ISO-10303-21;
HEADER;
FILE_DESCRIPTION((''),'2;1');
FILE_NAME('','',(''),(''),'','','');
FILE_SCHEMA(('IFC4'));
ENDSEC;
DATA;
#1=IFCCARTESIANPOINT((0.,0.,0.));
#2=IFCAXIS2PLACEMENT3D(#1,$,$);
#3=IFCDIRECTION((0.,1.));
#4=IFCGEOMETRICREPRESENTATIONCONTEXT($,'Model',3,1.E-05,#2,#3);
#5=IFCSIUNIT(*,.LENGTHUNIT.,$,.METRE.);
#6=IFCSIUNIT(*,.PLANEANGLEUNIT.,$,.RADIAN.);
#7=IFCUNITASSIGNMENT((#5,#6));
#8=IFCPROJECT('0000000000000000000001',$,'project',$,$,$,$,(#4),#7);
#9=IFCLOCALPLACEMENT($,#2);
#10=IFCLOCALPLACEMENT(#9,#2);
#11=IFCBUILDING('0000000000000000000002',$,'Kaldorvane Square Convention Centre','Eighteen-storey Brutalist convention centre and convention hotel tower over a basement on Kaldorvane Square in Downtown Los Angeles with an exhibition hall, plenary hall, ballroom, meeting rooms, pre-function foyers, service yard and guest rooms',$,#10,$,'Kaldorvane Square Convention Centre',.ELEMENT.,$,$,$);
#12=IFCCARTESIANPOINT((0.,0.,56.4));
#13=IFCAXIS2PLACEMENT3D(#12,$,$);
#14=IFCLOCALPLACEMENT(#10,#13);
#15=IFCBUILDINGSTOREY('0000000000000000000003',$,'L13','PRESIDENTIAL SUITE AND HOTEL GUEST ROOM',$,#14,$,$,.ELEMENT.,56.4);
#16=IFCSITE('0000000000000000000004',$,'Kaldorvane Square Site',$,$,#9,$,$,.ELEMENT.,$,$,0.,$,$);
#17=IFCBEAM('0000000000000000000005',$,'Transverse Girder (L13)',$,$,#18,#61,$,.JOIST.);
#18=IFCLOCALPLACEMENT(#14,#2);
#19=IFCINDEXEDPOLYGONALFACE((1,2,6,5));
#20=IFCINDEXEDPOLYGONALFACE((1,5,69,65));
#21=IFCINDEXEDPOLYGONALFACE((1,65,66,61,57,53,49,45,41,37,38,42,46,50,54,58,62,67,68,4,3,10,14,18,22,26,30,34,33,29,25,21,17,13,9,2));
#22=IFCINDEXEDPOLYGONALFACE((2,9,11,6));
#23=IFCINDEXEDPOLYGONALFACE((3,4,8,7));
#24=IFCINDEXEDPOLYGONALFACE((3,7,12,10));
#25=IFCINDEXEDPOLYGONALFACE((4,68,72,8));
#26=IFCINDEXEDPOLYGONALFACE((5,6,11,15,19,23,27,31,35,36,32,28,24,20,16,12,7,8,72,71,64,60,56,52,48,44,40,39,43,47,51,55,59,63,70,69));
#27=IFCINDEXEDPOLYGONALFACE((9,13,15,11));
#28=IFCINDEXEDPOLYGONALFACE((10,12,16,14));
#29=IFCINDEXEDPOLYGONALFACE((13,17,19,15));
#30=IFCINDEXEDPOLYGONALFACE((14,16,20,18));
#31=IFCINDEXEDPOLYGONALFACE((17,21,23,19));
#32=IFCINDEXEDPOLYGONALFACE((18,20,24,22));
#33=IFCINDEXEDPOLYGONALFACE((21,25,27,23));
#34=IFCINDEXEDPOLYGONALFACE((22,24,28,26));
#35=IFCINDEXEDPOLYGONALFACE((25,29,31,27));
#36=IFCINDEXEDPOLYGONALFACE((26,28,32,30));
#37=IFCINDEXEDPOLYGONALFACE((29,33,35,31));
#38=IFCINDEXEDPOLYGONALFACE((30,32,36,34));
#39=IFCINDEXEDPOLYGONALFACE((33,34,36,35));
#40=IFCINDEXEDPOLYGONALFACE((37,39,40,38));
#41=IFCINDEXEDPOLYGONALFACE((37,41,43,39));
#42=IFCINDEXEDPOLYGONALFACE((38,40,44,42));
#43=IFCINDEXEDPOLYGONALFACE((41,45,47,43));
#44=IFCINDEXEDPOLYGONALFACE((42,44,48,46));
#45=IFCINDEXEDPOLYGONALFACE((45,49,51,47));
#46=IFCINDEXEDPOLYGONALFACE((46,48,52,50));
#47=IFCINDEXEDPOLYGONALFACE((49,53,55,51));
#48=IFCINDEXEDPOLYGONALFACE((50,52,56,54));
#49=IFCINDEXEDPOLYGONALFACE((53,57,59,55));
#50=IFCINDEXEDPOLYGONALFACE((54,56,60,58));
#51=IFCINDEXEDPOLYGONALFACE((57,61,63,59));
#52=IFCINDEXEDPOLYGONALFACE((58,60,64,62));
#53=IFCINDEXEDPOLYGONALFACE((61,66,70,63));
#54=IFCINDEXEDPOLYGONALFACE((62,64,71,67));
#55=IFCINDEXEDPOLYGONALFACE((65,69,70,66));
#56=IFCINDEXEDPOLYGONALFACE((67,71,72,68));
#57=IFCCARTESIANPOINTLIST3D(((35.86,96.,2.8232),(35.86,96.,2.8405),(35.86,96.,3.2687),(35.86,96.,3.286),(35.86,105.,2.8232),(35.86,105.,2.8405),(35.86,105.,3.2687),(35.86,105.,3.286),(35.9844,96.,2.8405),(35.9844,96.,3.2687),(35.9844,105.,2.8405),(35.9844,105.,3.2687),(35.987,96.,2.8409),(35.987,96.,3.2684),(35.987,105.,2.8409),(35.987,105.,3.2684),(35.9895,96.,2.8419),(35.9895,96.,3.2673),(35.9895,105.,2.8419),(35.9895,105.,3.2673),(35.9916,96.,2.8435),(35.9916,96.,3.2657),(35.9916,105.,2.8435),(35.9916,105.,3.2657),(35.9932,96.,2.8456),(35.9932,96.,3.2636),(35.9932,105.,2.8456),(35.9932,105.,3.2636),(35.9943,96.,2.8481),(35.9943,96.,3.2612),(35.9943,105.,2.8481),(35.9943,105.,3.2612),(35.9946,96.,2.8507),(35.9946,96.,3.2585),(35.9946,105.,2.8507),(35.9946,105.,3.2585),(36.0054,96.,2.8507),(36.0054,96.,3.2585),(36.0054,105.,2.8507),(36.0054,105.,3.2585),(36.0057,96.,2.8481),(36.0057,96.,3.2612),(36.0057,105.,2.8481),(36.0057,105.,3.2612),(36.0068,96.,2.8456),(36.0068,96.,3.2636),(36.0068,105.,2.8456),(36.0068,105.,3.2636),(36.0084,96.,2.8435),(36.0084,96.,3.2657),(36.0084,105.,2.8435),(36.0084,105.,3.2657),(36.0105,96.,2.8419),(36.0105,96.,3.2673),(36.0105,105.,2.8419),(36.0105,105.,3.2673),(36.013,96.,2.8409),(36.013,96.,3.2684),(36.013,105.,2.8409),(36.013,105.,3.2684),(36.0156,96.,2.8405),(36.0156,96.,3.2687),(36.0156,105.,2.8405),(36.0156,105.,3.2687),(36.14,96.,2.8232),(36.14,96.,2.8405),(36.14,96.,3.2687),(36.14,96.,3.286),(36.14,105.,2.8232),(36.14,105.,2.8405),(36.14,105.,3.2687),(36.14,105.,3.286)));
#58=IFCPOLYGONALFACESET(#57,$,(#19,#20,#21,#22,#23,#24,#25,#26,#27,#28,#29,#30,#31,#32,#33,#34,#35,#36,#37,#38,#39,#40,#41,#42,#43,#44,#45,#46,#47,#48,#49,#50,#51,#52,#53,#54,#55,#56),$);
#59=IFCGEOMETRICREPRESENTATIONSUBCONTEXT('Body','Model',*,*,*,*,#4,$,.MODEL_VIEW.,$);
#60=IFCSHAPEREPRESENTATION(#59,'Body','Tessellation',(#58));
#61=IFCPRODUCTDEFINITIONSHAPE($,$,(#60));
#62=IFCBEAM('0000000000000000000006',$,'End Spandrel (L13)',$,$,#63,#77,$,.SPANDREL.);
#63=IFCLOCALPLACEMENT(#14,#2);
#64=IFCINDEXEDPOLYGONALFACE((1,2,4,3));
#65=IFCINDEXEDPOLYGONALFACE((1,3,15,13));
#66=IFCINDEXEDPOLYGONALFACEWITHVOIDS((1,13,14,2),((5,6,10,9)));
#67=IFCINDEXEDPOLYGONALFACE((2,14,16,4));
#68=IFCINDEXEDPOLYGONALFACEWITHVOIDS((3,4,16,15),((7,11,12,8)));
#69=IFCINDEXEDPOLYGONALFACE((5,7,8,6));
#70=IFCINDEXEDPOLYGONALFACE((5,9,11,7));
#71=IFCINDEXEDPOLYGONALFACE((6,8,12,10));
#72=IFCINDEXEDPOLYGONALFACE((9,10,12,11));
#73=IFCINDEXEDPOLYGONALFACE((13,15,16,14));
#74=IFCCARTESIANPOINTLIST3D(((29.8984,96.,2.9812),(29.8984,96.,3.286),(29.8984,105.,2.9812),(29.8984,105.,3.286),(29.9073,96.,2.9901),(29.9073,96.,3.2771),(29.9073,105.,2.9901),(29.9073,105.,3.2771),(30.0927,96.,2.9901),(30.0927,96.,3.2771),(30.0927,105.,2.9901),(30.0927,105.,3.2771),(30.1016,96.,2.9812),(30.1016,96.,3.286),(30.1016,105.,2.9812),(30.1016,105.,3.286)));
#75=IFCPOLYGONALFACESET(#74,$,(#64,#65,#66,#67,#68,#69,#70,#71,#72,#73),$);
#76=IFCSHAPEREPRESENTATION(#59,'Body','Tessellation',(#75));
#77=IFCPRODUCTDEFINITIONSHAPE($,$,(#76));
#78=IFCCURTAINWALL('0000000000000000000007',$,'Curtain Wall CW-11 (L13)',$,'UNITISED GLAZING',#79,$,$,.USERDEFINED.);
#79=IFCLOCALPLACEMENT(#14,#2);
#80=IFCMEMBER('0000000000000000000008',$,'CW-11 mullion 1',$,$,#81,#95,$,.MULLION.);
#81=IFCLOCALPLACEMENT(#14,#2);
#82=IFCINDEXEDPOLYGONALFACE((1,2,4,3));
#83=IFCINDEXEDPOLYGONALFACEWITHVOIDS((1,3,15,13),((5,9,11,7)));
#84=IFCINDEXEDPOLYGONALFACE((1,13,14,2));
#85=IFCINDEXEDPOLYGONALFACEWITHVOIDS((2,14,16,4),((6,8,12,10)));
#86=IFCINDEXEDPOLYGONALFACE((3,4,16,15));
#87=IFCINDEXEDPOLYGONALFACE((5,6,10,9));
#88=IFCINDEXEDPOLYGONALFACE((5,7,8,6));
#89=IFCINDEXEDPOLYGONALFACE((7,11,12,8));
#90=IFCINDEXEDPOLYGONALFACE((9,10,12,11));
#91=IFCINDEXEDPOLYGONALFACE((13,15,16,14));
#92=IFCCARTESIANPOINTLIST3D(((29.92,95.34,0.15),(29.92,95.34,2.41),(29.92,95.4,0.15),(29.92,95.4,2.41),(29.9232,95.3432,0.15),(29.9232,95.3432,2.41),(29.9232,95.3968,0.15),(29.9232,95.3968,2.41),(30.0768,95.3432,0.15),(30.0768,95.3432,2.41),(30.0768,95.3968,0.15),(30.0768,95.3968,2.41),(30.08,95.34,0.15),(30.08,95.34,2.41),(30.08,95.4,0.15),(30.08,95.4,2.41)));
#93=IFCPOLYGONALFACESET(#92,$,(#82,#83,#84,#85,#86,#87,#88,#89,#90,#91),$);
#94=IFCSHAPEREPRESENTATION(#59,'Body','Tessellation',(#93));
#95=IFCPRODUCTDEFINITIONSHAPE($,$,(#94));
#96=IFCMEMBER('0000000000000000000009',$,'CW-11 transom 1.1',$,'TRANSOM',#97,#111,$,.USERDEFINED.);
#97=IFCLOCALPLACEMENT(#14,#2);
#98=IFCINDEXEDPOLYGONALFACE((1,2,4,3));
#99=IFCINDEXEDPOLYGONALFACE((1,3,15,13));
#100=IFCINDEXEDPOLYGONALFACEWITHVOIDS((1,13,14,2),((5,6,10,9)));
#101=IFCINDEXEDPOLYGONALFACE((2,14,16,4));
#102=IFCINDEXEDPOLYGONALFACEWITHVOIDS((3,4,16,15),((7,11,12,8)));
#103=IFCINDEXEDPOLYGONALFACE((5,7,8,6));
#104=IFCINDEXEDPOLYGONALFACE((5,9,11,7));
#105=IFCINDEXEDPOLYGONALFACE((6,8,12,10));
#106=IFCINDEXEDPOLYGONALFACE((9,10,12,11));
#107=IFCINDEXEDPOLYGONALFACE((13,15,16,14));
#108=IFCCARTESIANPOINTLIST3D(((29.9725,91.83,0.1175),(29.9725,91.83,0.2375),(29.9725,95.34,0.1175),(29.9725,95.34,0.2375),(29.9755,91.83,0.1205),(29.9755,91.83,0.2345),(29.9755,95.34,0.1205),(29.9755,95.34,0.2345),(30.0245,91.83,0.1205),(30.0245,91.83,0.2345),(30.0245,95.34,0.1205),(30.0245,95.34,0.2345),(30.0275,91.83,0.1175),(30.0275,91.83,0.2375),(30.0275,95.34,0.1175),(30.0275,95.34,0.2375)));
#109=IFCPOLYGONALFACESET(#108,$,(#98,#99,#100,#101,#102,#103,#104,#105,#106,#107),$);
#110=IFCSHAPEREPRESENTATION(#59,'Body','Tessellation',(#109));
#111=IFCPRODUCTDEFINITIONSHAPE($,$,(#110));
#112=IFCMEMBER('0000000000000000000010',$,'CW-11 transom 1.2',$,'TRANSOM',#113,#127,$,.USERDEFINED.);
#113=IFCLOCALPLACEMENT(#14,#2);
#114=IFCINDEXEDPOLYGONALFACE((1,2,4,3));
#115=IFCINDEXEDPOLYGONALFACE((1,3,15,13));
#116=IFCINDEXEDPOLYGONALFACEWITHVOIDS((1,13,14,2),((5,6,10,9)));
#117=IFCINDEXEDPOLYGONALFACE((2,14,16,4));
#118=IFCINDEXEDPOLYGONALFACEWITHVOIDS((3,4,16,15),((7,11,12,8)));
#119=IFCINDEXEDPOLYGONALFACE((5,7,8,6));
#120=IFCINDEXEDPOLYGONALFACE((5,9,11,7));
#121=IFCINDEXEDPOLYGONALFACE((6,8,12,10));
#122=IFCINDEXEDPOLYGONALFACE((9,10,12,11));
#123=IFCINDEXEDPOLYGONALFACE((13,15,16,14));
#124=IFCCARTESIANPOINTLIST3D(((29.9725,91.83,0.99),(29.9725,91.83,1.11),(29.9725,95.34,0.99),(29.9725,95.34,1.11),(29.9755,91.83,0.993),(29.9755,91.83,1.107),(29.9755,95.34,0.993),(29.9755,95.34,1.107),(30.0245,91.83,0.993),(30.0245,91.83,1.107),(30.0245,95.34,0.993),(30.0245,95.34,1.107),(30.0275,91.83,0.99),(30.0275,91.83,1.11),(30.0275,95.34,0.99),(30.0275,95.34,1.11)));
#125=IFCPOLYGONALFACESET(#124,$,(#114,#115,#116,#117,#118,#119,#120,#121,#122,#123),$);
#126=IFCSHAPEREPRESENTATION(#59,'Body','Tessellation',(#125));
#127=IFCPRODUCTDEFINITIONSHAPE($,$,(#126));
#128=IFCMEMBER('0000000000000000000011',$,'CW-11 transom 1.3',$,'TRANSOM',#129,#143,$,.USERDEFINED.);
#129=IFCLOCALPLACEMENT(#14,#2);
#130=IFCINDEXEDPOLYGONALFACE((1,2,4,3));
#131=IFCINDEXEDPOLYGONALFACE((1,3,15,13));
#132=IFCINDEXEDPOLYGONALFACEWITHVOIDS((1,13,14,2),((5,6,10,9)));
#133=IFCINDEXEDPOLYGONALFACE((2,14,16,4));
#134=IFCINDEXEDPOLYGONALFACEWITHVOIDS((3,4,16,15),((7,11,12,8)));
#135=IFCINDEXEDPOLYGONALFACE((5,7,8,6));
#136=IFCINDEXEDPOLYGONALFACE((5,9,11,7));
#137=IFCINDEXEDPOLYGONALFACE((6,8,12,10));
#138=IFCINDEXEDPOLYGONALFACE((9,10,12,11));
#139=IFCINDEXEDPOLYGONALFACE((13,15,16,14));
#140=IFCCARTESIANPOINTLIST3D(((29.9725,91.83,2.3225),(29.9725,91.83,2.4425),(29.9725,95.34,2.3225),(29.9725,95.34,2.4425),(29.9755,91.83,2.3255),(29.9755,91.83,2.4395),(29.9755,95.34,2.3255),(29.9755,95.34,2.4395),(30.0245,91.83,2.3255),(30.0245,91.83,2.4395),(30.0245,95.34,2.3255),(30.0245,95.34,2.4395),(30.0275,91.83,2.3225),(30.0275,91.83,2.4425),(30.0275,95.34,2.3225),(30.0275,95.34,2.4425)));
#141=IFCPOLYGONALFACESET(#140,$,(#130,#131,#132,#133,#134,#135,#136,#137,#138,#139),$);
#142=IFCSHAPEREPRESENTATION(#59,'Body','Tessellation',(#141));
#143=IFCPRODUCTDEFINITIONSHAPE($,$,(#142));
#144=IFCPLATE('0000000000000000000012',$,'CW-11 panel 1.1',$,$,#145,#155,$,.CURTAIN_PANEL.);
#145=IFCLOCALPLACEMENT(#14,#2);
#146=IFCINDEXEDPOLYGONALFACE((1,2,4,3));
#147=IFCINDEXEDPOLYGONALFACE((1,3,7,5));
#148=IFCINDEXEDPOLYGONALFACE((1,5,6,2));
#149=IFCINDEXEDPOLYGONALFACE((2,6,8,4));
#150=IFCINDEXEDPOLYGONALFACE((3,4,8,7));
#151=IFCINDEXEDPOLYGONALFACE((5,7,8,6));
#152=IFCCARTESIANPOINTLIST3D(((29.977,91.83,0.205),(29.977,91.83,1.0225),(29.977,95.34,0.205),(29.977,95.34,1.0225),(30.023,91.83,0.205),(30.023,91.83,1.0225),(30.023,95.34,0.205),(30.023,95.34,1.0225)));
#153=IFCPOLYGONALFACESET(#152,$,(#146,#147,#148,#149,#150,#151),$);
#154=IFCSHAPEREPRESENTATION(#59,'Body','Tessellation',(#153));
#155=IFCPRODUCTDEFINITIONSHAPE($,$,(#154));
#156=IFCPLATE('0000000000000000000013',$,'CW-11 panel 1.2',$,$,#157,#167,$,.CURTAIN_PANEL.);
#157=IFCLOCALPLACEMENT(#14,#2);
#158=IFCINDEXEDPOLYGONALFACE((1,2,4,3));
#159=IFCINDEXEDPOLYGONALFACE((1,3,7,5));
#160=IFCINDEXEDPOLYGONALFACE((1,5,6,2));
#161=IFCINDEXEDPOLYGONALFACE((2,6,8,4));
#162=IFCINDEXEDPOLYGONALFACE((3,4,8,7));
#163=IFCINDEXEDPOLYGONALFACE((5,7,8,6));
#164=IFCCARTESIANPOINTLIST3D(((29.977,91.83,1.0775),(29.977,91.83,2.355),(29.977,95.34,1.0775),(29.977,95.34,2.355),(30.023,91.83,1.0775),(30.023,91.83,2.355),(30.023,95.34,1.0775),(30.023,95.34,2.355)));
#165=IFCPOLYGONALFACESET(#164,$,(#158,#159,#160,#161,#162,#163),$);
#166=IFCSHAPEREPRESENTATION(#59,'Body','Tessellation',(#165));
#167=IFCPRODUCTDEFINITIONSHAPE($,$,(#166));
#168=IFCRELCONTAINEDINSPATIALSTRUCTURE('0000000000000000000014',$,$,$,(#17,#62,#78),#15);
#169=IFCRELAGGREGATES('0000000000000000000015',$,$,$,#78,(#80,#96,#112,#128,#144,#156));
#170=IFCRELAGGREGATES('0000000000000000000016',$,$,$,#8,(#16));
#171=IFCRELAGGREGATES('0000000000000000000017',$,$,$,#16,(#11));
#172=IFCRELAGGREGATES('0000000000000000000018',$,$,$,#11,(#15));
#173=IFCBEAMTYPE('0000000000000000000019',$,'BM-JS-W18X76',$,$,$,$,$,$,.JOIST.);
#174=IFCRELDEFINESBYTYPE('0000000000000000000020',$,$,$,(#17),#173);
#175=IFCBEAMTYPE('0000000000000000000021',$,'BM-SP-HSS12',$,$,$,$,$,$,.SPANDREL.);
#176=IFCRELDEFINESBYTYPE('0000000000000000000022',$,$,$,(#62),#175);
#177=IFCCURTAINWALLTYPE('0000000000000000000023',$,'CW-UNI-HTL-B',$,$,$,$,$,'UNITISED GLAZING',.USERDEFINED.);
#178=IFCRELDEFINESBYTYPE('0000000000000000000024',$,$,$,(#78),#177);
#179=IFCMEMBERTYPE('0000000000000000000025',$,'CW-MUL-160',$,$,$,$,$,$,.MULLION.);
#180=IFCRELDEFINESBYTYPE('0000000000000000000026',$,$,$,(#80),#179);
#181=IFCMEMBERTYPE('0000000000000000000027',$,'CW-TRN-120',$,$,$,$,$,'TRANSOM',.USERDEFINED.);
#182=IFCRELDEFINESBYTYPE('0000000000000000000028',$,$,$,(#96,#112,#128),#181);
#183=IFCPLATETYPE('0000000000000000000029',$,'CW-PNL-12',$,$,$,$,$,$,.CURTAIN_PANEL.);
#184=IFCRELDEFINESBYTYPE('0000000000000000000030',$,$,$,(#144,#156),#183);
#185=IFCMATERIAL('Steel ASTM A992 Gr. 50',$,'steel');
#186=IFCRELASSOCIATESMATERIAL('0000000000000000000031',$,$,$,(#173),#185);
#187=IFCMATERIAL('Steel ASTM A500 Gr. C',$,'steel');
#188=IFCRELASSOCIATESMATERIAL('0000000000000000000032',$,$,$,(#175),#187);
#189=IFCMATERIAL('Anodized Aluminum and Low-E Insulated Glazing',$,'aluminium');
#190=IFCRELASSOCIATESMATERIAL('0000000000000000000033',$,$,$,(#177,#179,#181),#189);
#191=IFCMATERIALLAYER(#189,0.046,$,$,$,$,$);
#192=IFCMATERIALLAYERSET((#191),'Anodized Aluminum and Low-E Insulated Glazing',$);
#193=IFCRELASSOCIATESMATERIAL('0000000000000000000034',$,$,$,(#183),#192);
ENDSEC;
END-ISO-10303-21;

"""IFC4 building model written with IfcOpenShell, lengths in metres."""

from ifc_helpers import new_model, si_unit, direction, frame, origin, origin_2d, place, context, subcontext, project, spatial, rectangle, hollow_rectangle, i_section, extrude, material, layer, layer_set, material_profile, profile_set, type_object, element, aggregate, save


model = new_model("IFC4")

# Units and contexts
model_context = context("Model", 3, precision=1e-05, world=origin(), true_north=direction((0.0, 1.0)))
body_context = subcontext(model_context, "Body", "Model", "MODEL_VIEW")
ifc_project = project(units=[si_unit("LENGTHUNIT", "METRE"), si_unit("PLANEANGLEUNIT", "RADIAN")], contexts=[model_context])

# Site, building, storey
site_placement = place(None, origin())
site = spatial("IfcSite", under=ifc_project, at=site_placement, Name="Kaldorvane Square Site", CompositionType="ELEMENT", RefElevation=0.0)
building_placement = place(site_placement, origin())
building = spatial("IfcBuilding", under=site, at=building_placement, Name="Kaldorvane Square Convention Centre", Description="Eighteen-storey Brutalist convention centre and convention hotel tower over a basement on Kaldorvane Square in Downtown Los Angeles with an exhibition hall, plenary hall, ballroom, meeting rooms, pre-function foyers, service yard and guest rooms", LongName="Kaldorvane Square Convention Centre", CompositionType="ELEMENT")
storey_placement = place(building_placement, frame((0.0, 0.0, 56.4)))
storey = spatial("IfcBuildingStorey", under=building, at=storey_placement, Name="L13", Description="PRESIDENTIAL SUITE AND HOTEL GUEST ROOM", CompositionType="ELEMENT", Elevation=56.4)

# Shared definitions
ifc_material_1 = material(Name="Steel ASTM A992 Gr. 50", Category="steel")

# Beams
ifc_material_profile_1 = material_profile(ifc_material_1, i_section(OverallWidth=0.2799, OverallDepth=0.4628, WebThickness=0.0108, FlangeThickness=0.0173, FilletRadius=0.0102, at=origin_2d()), Name="W18X76")
ifc_profile_set_1 = profile_set([ifc_material_profile_1], Name="Steel ASTM A992 Gr. 50")
beam_type_1 = type_object("IfcBeamType", Name="BM-JS-W18X76", PredefinedType="JOIST", material=ifc_profile_set_1)
beam_1_placement = place(storey_placement, frame((36.0, 96.0, 3.0546), z_axis=(0.0, 1.0, 0.0), x_axis=(-1.0, 0.0, 0.0)))
element("IfcBeam", 1, at=beam_1_placement, inside=storey, type_object=beam_type_1, Name="Transverse Girder (L13)", PredefinedType="JOIST", context=body_context, shape_type="SweptSolid", body=[
    extrude(i_section(OverallWidth=0.2799, OverallDepth=0.4628, WebThickness=0.0108, FlangeThickness=0.0173, FilletRadius=0.0102, at=origin_2d()), origin(), (0.0, 0.0, 1.0), 9.0),
])
ifc_material_2 = material(Name="Steel ASTM A500 Gr. C", Category="steel")
ifc_material_profile_2 = material_profile(ifc_material_2, hollow_rectangle(XDim=0.2032, YDim=0.3048, WallThickness=0.0089, at=origin_2d()), Name="HSS12X8X3/8")
ifc_profile_set_2 = profile_set([ifc_material_profile_2], Name="Steel ASTM A500 Gr. C")
beam_type_2 = type_object("IfcBeamType", Name="BM-SP-HSS12", PredefinedType="SPANDREL", material=ifc_profile_set_2)
beam_2_placement = place(storey_placement, frame((30.0, 96.0, 3.1336), z_axis=(0.0, 1.0, 0.0), x_axis=(-1.0, 0.0, 0.0)))
element("IfcBeam", 2, at=beam_2_placement, inside=storey, type_object=beam_type_2, Name="End Spandrel (L13)", PredefinedType="SPANDREL", context=body_context, shape_type="SweptSolid", body=[
    extrude(hollow_rectangle(XDim=0.2032, YDim=0.3048, WallThickness=0.0089, at=origin_2d()), origin(), (0.0, 0.0, 1.0), 9.0),
])

# Curtain wall, members, plates
ifc_material_3 = material(Name="Anodized Aluminum and Low-E Insulated Glazing", Category="aluminium")
curtain_wall_type = type_object("IfcCurtainWallType", Name="CW-UNI-HTL-B", ElementType="UNITISED GLAZING", PredefinedType="USERDEFINED", material=ifc_material_3)
curtain_wall_placement = place(storey_placement, origin())
curtain_wall = element("IfcCurtainWall", 3, at=curtain_wall_placement, inside=storey, type_object=curtain_wall_type, Name="Curtain Wall CW-11 (L13)", ObjectType="UNITISED GLAZING", PredefinedType="USERDEFINED")
ifc_material_profile_3 = material_profile(ifc_material_3, hollow_rectangle(XDim=0.06, YDim=0.16, WallThickness=0.0032, at=origin_2d()), Name="CWM-160X60")
ifc_profile_set_3 = profile_set([ifc_material_profile_3], Name="Anodized Aluminum and Low-E Insulated Glazing")
member_type_1 = type_object("IfcMemberType", Name="CW-MUL-160", PredefinedType="MULLION", material=ifc_profile_set_3)
member_1_placement = place(storey_placement, frame((30.0, 95.37, 0.15), z_axis=(0.0, 0.0, 1.0), x_axis=(0.0, -1.0, 0.0)))
member_1 = element("IfcMember", 4, at=member_1_placement, type_object=member_type_1, Name="CW-11 mullion 1", PredefinedType="MULLION", context=body_context, shape_type="SweptSolid", body=[
    extrude(hollow_rectangle(XDim=0.06, YDim=0.16, WallThickness=0.0032, at=origin_2d()), origin(), (0.0, 0.0, 1.0), 2.26),
])
ifc_material_profile_4 = material_profile(ifc_material_3, hollow_rectangle(XDim=0.055, YDim=0.12, WallThickness=0.003, at=origin_2d()), Name="CWT-120X55")
ifc_profile_set_4 = profile_set([ifc_material_profile_4], Name="Anodized Aluminum and Low-E Insulated Glazing")
member_type_2 = type_object("IfcMemberType", Name="CW-TRN-120", ElementType="TRANSOM", PredefinedType="USERDEFINED", material=ifc_profile_set_4)
member_2_placement = place(storey_placement, frame((30.0, 95.34, 0.1775), z_axis=(0.0, -1.0, 0.0), x_axis=(1.0, 0.0, 0.0)))
member_2 = element("IfcMember", 5, at=member_2_placement, type_object=member_type_2, Name="CW-11 transom 1.1", ObjectType="TRANSOM", PredefinedType="USERDEFINED", context=body_context, shape_type="SweptSolid", body=[
    extrude(hollow_rectangle(XDim=0.055, YDim=0.12, WallThickness=0.003, at=origin_2d()), origin(), (0.0, 0.0, 1.0), 3.51),
])
member_3_placement = place(storey_placement, frame((30.0, 95.34, 1.05), z_axis=(0.0, -1.0, 0.0), x_axis=(1.0, 0.0, 0.0)))
member_3 = element("IfcMember", 6, at=member_3_placement, type_object=member_type_2, Name="CW-11 transom 1.2", ObjectType="TRANSOM", PredefinedType="USERDEFINED", context=body_context, shape_type="SweptSolid", body=[
    extrude(hollow_rectangle(XDim=0.055, YDim=0.12, WallThickness=0.003, at=origin_2d()), origin(), (0.0, 0.0, 1.0), 3.51),
])
member_4_placement = place(storey_placement, frame((30.0, 95.34, 2.3825), z_axis=(0.0, -1.0, 0.0), x_axis=(1.0, 0.0, 0.0)))
member_4 = element("IfcMember", 7, at=member_4_placement, type_object=member_type_2, Name="CW-11 transom 1.3", ObjectType="TRANSOM", PredefinedType="USERDEFINED", context=body_context, shape_type="SweptSolid", body=[
    extrude(hollow_rectangle(XDim=0.055, YDim=0.12, WallThickness=0.003, at=origin_2d()), origin(), (0.0, 0.0, 1.0), 3.51),
])
ifc_layer_1 = layer(ifc_material_3, 0.046)
ifc_layer_set_1 = layer_set([ifc_layer_1], Name="Anodized Aluminum and Low-E Insulated Glazing")
plate_type = type_object("IfcPlateType", Name="CW-PNL-12", PredefinedType="CURTAIN_PANEL", material=ifc_layer_set_1)
plate_1_placement = place(storey_placement, frame((30.0, 93.585, 0.205), z_axis=(0.0, 0.0, 1.0), x_axis=(0.0, -1.0, 0.0)))
plate_1 = element("IfcPlate", 8, at=plate_1_placement, type_object=plate_type, Name="CW-11 panel 1.1", PredefinedType="CURTAIN_PANEL", context=body_context, shape_type="SweptSolid", body=[
    extrude(rectangle(XDim=3.51, YDim=0.046, at=origin_2d()), origin(), (0.0, 0.0, 1.0), 0.8175),
])
plate_2_placement = place(storey_placement, frame((30.0, 93.585, 1.0775), z_axis=(0.0, 0.0, 1.0), x_axis=(0.0, -1.0, 0.0)))
plate_2 = element("IfcPlate", 9, at=plate_2_placement, type_object=plate_type, Name="CW-11 panel 1.2", PredefinedType="CURTAIN_PANEL", context=body_context, shape_type="SweptSolid", body=[
    extrude(rectangle(XDim=3.51, YDim=0.046, at=origin_2d()), origin(), (0.0, 0.0, 1.0), 1.2775),
])
aggregate(curtain_wall, [member_1, member_2, member_3, member_4, plate_1, plate_2])

save(model, "model.ifc")
